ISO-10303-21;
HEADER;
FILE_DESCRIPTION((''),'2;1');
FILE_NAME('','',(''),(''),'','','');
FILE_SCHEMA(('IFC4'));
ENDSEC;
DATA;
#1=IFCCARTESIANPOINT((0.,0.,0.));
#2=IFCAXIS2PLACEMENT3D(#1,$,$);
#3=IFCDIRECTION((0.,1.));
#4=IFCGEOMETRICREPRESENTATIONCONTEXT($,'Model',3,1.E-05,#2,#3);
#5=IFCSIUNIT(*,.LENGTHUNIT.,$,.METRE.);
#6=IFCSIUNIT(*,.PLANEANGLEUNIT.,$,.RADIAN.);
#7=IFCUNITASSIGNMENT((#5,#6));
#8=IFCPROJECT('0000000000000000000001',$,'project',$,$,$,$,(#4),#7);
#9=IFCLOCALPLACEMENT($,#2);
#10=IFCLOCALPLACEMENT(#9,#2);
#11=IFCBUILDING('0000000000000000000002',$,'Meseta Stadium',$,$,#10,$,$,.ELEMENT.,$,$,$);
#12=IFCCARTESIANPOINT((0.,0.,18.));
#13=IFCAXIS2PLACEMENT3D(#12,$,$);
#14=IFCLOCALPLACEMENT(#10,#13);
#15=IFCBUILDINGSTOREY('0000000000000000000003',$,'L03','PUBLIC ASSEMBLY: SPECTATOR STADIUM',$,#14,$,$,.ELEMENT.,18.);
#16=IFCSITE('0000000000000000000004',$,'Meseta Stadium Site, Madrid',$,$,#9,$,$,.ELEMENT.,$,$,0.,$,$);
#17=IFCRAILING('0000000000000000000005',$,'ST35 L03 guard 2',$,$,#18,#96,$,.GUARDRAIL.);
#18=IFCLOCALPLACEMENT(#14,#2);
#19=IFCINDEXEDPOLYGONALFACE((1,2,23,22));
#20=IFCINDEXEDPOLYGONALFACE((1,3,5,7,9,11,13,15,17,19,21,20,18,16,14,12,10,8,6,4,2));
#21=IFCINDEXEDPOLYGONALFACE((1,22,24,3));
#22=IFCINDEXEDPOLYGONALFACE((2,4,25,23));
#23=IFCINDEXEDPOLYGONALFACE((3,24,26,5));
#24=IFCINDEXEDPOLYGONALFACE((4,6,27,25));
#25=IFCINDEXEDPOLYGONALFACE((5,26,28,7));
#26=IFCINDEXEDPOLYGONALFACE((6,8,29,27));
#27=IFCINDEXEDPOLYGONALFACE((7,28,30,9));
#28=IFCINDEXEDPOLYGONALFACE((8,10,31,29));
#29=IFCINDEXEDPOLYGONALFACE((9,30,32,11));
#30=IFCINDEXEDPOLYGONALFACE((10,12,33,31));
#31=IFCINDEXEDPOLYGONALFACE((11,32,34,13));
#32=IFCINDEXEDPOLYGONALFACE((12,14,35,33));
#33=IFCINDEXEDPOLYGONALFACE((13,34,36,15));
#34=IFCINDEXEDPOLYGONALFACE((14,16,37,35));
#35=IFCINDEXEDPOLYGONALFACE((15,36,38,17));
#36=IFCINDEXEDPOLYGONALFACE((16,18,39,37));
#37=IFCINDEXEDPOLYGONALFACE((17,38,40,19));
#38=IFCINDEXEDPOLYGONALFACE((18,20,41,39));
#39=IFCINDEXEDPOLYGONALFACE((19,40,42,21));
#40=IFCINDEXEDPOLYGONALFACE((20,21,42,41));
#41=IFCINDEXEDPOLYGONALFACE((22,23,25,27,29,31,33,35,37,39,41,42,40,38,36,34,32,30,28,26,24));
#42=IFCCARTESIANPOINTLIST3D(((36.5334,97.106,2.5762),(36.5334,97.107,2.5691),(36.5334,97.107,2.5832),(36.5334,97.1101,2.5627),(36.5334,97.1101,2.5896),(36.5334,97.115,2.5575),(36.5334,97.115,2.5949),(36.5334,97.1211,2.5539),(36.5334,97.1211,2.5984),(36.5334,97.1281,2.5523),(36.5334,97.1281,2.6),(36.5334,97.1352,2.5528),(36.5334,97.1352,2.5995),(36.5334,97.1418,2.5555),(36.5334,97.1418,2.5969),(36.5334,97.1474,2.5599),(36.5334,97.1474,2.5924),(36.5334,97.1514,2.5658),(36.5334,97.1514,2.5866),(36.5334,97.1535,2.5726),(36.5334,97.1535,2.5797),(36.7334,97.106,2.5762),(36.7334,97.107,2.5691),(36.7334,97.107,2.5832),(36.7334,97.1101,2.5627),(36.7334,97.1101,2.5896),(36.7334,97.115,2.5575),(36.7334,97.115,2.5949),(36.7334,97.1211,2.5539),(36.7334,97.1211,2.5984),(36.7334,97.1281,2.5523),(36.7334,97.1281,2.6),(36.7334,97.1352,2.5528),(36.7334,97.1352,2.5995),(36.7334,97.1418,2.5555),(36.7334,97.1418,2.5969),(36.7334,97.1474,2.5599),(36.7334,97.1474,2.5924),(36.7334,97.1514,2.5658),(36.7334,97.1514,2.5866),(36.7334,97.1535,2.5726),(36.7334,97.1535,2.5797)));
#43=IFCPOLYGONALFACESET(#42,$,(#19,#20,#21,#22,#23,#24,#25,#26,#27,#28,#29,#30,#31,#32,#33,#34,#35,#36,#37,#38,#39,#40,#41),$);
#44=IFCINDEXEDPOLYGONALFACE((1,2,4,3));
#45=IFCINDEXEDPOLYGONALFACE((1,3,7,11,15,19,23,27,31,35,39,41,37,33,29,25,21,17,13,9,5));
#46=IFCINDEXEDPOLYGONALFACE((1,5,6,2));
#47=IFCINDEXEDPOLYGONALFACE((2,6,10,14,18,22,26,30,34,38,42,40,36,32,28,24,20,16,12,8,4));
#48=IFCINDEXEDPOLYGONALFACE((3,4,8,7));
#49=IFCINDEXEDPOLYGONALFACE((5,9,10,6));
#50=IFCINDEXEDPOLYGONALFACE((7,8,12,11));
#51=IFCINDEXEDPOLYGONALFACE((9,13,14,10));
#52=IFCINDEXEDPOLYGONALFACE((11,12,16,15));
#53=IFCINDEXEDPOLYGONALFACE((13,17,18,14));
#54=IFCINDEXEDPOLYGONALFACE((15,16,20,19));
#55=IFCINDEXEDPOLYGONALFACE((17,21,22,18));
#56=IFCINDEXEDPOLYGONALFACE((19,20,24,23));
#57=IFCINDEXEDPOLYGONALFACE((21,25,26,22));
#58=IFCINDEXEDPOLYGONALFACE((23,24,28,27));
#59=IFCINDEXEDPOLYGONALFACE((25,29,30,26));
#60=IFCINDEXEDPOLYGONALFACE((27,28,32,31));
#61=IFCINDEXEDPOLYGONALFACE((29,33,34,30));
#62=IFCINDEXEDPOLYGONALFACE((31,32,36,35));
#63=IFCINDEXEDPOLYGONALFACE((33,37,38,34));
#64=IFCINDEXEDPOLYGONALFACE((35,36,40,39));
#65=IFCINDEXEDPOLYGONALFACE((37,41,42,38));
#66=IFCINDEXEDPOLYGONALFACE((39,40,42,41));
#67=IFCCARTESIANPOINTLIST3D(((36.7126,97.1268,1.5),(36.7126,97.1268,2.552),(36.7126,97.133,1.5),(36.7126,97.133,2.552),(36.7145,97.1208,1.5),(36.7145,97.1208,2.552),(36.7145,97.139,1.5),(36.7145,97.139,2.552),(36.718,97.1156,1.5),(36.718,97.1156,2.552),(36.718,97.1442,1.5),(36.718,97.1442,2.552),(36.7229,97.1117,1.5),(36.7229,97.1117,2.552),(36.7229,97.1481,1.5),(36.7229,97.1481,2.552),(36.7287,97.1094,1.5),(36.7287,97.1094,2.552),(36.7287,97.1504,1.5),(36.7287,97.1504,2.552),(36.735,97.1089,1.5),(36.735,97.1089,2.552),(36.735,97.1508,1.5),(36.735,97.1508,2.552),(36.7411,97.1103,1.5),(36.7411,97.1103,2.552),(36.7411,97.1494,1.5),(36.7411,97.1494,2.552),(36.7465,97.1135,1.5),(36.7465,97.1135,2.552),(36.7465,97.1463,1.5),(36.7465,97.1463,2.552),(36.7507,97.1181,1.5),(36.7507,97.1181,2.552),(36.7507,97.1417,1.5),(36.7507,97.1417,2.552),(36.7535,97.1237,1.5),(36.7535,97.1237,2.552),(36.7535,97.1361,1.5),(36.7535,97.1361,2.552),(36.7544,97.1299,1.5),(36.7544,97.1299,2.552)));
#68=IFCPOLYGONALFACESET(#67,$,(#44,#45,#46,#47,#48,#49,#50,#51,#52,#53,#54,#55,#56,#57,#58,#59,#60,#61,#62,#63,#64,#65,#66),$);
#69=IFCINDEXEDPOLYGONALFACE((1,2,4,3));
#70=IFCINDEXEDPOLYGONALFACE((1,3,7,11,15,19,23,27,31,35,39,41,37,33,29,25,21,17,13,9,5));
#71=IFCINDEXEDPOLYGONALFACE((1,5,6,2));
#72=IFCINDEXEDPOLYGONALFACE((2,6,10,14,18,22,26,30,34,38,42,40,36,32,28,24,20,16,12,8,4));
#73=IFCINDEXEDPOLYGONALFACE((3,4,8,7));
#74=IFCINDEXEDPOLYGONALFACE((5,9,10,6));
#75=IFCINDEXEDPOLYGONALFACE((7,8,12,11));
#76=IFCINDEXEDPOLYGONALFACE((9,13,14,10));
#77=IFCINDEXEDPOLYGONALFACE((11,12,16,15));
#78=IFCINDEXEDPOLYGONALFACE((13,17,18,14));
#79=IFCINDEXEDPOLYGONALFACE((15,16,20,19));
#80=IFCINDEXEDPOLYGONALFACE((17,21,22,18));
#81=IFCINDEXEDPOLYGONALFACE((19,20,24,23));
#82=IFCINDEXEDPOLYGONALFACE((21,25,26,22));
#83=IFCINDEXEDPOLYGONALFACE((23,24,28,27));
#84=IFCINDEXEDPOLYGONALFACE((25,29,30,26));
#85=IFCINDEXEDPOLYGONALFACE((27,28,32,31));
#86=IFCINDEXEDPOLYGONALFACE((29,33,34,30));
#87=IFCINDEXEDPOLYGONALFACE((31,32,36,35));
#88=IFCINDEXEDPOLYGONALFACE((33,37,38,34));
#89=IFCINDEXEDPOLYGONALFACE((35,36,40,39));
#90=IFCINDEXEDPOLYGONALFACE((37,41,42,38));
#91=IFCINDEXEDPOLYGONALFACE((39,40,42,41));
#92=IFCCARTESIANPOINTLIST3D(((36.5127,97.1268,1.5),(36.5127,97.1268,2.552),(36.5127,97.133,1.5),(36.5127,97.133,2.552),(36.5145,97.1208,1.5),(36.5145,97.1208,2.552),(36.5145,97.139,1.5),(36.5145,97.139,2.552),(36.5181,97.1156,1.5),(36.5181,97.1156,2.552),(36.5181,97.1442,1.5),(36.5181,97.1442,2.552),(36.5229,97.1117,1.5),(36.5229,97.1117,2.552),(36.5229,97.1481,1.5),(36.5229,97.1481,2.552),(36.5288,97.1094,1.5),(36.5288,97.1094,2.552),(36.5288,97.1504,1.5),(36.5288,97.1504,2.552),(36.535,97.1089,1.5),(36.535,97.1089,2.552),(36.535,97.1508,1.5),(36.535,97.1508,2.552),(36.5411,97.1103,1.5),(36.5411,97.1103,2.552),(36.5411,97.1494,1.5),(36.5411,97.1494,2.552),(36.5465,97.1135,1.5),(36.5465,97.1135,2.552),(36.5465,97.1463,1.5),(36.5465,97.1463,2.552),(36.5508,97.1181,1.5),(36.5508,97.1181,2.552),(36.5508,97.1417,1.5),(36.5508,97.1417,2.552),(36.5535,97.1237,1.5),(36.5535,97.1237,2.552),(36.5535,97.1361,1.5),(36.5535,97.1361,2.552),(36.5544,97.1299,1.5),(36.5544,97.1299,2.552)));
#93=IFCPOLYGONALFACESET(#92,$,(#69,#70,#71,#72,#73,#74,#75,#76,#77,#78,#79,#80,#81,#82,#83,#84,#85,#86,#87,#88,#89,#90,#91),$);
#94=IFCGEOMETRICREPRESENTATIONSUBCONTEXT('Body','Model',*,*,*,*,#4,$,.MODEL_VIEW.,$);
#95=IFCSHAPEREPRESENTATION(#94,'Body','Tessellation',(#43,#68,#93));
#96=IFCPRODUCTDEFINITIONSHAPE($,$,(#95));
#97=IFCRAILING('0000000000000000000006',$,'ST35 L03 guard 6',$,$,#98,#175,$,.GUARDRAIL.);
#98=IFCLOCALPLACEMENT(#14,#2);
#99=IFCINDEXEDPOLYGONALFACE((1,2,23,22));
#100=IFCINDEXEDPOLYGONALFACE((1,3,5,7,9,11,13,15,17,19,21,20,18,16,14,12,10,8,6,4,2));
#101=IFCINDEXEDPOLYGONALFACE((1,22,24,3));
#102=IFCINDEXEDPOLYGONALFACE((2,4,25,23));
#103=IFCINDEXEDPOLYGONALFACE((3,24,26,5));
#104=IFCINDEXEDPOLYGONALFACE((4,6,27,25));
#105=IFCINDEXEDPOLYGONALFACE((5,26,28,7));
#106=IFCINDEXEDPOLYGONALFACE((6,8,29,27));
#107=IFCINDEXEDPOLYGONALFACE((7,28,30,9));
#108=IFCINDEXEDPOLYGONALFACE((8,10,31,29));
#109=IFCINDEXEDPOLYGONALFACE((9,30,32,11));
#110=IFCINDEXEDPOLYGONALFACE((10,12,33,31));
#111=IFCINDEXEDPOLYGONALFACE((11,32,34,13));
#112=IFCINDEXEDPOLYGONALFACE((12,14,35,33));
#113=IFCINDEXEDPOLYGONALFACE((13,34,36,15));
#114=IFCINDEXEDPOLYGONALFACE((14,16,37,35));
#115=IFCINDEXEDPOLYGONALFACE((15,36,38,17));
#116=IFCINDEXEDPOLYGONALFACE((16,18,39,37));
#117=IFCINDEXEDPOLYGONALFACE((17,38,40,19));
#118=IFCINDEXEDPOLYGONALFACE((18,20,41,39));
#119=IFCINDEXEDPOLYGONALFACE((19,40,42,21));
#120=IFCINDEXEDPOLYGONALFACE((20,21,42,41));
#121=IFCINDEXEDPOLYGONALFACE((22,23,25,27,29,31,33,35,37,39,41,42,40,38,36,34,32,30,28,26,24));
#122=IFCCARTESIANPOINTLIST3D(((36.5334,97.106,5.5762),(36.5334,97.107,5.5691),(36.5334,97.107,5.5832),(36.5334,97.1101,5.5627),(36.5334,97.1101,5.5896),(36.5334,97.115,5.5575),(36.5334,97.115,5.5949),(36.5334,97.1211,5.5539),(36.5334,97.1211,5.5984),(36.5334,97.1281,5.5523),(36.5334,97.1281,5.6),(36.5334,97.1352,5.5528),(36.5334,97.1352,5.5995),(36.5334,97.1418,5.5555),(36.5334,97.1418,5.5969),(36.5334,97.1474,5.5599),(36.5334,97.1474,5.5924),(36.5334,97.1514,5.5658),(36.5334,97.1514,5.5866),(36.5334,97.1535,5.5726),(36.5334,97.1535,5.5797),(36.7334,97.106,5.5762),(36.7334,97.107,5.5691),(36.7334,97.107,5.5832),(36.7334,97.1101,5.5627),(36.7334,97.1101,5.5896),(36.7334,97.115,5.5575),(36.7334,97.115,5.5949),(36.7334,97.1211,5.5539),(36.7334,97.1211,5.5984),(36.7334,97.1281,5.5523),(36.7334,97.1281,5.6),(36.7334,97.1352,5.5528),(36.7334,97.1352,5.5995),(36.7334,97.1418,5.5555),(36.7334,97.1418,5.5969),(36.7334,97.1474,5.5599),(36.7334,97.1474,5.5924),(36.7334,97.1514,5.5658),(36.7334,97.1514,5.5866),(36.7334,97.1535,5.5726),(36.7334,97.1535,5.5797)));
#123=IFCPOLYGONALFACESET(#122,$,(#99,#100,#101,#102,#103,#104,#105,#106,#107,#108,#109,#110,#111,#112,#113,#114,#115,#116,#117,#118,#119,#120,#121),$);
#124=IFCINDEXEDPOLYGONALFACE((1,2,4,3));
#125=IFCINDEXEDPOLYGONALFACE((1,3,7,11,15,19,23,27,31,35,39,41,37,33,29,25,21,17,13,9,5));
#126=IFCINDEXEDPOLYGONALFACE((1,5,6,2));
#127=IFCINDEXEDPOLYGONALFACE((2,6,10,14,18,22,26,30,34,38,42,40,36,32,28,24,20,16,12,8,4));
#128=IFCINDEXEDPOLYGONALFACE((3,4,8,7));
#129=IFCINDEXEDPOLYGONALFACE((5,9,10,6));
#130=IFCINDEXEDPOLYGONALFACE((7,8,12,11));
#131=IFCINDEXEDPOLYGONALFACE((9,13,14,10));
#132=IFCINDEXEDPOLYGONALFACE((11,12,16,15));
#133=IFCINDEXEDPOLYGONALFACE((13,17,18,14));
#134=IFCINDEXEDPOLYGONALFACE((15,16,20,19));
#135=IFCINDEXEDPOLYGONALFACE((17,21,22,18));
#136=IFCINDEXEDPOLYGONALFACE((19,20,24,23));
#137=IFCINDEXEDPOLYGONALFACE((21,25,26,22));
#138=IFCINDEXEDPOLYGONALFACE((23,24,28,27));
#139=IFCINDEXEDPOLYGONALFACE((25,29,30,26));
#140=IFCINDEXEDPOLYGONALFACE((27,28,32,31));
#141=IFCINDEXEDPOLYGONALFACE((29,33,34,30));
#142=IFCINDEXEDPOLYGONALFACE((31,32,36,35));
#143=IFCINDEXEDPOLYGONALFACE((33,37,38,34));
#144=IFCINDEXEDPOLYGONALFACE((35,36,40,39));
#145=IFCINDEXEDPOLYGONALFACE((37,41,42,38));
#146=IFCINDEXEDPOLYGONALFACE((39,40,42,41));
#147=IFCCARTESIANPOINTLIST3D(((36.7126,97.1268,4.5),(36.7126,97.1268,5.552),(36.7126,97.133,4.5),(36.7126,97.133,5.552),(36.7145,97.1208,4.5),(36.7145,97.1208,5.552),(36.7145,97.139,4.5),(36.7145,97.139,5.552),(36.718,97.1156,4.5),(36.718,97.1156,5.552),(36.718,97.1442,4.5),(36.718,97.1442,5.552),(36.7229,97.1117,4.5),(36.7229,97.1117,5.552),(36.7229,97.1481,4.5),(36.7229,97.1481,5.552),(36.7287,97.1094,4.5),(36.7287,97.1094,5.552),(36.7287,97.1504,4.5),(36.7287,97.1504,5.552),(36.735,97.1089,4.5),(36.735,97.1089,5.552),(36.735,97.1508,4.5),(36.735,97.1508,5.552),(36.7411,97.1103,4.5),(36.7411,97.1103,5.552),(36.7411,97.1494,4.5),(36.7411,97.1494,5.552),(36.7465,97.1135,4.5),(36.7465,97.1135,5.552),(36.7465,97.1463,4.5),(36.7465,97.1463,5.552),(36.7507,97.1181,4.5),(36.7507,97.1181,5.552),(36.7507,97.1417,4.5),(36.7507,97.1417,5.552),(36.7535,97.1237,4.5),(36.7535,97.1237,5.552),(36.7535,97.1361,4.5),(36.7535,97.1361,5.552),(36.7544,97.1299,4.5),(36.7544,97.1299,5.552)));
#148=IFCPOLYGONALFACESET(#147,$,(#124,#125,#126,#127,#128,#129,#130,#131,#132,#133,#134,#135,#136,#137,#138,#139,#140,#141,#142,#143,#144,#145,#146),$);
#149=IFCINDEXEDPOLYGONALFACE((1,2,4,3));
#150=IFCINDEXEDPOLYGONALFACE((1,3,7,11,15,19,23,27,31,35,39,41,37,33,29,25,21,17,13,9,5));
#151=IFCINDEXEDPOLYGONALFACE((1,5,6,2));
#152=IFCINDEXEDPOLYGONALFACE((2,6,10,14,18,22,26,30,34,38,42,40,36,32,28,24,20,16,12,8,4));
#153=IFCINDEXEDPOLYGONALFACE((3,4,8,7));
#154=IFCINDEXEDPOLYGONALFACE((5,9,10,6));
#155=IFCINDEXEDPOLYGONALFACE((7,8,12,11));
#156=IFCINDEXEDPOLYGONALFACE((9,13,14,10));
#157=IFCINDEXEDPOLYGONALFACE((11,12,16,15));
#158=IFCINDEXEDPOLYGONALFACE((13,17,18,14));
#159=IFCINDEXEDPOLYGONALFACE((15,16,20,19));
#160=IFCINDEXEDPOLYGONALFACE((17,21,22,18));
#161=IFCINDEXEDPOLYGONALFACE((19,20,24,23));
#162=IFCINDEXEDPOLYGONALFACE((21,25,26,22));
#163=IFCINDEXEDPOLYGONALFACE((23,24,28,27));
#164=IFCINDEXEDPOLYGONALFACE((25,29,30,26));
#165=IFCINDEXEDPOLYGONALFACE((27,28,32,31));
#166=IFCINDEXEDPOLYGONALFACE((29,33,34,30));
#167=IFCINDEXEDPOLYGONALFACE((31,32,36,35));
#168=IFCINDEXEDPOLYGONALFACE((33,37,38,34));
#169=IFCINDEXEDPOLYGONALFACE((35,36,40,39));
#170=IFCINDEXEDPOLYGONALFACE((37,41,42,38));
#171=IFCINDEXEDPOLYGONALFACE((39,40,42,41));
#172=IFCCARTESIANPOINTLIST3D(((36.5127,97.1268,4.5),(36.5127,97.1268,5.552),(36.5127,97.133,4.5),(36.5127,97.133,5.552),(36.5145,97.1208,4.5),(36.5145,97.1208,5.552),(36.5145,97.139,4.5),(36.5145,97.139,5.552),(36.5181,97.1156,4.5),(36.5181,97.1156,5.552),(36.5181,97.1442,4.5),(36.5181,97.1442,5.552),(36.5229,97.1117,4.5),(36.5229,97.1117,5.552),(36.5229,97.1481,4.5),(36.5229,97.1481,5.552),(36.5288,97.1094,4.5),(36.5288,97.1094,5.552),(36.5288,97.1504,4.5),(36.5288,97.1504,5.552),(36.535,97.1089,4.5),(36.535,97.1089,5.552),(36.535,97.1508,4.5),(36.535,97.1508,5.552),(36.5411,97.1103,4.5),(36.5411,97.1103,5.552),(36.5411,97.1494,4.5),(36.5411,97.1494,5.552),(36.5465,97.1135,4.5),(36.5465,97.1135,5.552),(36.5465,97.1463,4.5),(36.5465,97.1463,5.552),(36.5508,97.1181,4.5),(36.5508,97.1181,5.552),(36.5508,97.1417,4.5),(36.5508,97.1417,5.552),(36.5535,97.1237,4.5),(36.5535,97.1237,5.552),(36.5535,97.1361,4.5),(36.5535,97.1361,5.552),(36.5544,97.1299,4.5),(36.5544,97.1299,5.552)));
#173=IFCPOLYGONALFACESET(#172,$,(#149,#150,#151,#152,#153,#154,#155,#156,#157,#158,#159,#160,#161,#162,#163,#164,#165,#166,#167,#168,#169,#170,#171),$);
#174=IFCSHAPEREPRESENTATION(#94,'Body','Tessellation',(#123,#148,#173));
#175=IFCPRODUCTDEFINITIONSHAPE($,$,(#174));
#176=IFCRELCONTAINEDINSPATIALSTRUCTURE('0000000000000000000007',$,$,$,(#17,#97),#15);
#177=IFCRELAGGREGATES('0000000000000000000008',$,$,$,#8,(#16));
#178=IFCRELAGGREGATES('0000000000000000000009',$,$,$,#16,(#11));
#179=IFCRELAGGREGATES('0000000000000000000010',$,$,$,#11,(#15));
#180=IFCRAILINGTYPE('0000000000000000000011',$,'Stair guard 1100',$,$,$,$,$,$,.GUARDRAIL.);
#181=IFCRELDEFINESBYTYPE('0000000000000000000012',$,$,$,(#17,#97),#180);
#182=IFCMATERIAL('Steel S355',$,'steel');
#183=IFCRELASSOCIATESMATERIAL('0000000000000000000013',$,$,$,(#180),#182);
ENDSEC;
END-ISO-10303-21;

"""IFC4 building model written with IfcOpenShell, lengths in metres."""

from ifc_helpers import new_model, si_unit, direction, frame, origin, origin_2d, place, context, subcontext, project, spatial, circle, extrude, material, type_object, element, save


model = new_model("IFC4")

# Units and contexts
model_context = context("Model", 3, precision=1e-05, world=origin(), true_north=direction((0.0, 1.0)))
body_context = subcontext(model_context, "Body", "Model", "MODEL_VIEW")
ifc_project = project(units=[si_unit("LENGTHUNIT", "METRE"), si_unit("PLANEANGLEUNIT", "RADIAN")], contexts=[model_context])

# Site, building, storey
site_placement = place(None, origin())
site = spatial("IfcSite", under=ifc_project, at=site_placement, Name="Meseta Stadium Site, Madrid", CompositionType="ELEMENT", RefElevation=0.0)
building_placement = place(site_placement, origin())
building = spatial("IfcBuilding", under=site, at=building_placement, Name="Meseta Stadium", CompositionType="ELEMENT")
storey_placement = place(building_placement, frame((0.0, 0.0, 18.0)))
storey = spatial("IfcBuildingStorey", under=building, at=storey_placement, Name="L03", Description="PUBLIC ASSEMBLY: SPECTATOR STADIUM", CompositionType="ELEMENT", Elevation=18.0)

# Railings
ifc_material_1 = material(Name="Steel S355", Category="steel")
railing_type_1 = type_object("IfcRailingType", Name="Stair guard 1100", PredefinedType="GUARDRAIL", material=ifc_material_1)
for number, where, name in (
    (1, (36.7334, 97.1299, 1.5), "ST35 L03 guard 2"),
    (2, (36.7334, 97.1299, 4.5), "ST35 L03 guard 6"),
):
    element("IfcRailing", number, at=place(storey_placement, frame(where)), inside=storey, type_object=railing_type_1, Name=name, PredefinedType="GUARDRAIL", context=body_context, shape_type="SweptSolid", body=[
        extrude(circle(Radius=0.0239, at=origin_2d()), frame((0.0, 0.0, 1.0762), z_axis=(-1.0, 0.0, 0.0), x_axis=(0.0, -1.0, 0.0)), (0.0, 0.0, 1.0), 0.2),
        extrude(circle(Radius=0.021, at=origin_2d()), origin(), (0.0, 0.0, 1.0), 1.052),
        extrude(circle(Radius=0.021, at=origin_2d()), frame((-0.2, 0.0, 0.0)), (0.0, 0.0, 1.0), 1.052),
    ])

save(model, "model.ifc")
